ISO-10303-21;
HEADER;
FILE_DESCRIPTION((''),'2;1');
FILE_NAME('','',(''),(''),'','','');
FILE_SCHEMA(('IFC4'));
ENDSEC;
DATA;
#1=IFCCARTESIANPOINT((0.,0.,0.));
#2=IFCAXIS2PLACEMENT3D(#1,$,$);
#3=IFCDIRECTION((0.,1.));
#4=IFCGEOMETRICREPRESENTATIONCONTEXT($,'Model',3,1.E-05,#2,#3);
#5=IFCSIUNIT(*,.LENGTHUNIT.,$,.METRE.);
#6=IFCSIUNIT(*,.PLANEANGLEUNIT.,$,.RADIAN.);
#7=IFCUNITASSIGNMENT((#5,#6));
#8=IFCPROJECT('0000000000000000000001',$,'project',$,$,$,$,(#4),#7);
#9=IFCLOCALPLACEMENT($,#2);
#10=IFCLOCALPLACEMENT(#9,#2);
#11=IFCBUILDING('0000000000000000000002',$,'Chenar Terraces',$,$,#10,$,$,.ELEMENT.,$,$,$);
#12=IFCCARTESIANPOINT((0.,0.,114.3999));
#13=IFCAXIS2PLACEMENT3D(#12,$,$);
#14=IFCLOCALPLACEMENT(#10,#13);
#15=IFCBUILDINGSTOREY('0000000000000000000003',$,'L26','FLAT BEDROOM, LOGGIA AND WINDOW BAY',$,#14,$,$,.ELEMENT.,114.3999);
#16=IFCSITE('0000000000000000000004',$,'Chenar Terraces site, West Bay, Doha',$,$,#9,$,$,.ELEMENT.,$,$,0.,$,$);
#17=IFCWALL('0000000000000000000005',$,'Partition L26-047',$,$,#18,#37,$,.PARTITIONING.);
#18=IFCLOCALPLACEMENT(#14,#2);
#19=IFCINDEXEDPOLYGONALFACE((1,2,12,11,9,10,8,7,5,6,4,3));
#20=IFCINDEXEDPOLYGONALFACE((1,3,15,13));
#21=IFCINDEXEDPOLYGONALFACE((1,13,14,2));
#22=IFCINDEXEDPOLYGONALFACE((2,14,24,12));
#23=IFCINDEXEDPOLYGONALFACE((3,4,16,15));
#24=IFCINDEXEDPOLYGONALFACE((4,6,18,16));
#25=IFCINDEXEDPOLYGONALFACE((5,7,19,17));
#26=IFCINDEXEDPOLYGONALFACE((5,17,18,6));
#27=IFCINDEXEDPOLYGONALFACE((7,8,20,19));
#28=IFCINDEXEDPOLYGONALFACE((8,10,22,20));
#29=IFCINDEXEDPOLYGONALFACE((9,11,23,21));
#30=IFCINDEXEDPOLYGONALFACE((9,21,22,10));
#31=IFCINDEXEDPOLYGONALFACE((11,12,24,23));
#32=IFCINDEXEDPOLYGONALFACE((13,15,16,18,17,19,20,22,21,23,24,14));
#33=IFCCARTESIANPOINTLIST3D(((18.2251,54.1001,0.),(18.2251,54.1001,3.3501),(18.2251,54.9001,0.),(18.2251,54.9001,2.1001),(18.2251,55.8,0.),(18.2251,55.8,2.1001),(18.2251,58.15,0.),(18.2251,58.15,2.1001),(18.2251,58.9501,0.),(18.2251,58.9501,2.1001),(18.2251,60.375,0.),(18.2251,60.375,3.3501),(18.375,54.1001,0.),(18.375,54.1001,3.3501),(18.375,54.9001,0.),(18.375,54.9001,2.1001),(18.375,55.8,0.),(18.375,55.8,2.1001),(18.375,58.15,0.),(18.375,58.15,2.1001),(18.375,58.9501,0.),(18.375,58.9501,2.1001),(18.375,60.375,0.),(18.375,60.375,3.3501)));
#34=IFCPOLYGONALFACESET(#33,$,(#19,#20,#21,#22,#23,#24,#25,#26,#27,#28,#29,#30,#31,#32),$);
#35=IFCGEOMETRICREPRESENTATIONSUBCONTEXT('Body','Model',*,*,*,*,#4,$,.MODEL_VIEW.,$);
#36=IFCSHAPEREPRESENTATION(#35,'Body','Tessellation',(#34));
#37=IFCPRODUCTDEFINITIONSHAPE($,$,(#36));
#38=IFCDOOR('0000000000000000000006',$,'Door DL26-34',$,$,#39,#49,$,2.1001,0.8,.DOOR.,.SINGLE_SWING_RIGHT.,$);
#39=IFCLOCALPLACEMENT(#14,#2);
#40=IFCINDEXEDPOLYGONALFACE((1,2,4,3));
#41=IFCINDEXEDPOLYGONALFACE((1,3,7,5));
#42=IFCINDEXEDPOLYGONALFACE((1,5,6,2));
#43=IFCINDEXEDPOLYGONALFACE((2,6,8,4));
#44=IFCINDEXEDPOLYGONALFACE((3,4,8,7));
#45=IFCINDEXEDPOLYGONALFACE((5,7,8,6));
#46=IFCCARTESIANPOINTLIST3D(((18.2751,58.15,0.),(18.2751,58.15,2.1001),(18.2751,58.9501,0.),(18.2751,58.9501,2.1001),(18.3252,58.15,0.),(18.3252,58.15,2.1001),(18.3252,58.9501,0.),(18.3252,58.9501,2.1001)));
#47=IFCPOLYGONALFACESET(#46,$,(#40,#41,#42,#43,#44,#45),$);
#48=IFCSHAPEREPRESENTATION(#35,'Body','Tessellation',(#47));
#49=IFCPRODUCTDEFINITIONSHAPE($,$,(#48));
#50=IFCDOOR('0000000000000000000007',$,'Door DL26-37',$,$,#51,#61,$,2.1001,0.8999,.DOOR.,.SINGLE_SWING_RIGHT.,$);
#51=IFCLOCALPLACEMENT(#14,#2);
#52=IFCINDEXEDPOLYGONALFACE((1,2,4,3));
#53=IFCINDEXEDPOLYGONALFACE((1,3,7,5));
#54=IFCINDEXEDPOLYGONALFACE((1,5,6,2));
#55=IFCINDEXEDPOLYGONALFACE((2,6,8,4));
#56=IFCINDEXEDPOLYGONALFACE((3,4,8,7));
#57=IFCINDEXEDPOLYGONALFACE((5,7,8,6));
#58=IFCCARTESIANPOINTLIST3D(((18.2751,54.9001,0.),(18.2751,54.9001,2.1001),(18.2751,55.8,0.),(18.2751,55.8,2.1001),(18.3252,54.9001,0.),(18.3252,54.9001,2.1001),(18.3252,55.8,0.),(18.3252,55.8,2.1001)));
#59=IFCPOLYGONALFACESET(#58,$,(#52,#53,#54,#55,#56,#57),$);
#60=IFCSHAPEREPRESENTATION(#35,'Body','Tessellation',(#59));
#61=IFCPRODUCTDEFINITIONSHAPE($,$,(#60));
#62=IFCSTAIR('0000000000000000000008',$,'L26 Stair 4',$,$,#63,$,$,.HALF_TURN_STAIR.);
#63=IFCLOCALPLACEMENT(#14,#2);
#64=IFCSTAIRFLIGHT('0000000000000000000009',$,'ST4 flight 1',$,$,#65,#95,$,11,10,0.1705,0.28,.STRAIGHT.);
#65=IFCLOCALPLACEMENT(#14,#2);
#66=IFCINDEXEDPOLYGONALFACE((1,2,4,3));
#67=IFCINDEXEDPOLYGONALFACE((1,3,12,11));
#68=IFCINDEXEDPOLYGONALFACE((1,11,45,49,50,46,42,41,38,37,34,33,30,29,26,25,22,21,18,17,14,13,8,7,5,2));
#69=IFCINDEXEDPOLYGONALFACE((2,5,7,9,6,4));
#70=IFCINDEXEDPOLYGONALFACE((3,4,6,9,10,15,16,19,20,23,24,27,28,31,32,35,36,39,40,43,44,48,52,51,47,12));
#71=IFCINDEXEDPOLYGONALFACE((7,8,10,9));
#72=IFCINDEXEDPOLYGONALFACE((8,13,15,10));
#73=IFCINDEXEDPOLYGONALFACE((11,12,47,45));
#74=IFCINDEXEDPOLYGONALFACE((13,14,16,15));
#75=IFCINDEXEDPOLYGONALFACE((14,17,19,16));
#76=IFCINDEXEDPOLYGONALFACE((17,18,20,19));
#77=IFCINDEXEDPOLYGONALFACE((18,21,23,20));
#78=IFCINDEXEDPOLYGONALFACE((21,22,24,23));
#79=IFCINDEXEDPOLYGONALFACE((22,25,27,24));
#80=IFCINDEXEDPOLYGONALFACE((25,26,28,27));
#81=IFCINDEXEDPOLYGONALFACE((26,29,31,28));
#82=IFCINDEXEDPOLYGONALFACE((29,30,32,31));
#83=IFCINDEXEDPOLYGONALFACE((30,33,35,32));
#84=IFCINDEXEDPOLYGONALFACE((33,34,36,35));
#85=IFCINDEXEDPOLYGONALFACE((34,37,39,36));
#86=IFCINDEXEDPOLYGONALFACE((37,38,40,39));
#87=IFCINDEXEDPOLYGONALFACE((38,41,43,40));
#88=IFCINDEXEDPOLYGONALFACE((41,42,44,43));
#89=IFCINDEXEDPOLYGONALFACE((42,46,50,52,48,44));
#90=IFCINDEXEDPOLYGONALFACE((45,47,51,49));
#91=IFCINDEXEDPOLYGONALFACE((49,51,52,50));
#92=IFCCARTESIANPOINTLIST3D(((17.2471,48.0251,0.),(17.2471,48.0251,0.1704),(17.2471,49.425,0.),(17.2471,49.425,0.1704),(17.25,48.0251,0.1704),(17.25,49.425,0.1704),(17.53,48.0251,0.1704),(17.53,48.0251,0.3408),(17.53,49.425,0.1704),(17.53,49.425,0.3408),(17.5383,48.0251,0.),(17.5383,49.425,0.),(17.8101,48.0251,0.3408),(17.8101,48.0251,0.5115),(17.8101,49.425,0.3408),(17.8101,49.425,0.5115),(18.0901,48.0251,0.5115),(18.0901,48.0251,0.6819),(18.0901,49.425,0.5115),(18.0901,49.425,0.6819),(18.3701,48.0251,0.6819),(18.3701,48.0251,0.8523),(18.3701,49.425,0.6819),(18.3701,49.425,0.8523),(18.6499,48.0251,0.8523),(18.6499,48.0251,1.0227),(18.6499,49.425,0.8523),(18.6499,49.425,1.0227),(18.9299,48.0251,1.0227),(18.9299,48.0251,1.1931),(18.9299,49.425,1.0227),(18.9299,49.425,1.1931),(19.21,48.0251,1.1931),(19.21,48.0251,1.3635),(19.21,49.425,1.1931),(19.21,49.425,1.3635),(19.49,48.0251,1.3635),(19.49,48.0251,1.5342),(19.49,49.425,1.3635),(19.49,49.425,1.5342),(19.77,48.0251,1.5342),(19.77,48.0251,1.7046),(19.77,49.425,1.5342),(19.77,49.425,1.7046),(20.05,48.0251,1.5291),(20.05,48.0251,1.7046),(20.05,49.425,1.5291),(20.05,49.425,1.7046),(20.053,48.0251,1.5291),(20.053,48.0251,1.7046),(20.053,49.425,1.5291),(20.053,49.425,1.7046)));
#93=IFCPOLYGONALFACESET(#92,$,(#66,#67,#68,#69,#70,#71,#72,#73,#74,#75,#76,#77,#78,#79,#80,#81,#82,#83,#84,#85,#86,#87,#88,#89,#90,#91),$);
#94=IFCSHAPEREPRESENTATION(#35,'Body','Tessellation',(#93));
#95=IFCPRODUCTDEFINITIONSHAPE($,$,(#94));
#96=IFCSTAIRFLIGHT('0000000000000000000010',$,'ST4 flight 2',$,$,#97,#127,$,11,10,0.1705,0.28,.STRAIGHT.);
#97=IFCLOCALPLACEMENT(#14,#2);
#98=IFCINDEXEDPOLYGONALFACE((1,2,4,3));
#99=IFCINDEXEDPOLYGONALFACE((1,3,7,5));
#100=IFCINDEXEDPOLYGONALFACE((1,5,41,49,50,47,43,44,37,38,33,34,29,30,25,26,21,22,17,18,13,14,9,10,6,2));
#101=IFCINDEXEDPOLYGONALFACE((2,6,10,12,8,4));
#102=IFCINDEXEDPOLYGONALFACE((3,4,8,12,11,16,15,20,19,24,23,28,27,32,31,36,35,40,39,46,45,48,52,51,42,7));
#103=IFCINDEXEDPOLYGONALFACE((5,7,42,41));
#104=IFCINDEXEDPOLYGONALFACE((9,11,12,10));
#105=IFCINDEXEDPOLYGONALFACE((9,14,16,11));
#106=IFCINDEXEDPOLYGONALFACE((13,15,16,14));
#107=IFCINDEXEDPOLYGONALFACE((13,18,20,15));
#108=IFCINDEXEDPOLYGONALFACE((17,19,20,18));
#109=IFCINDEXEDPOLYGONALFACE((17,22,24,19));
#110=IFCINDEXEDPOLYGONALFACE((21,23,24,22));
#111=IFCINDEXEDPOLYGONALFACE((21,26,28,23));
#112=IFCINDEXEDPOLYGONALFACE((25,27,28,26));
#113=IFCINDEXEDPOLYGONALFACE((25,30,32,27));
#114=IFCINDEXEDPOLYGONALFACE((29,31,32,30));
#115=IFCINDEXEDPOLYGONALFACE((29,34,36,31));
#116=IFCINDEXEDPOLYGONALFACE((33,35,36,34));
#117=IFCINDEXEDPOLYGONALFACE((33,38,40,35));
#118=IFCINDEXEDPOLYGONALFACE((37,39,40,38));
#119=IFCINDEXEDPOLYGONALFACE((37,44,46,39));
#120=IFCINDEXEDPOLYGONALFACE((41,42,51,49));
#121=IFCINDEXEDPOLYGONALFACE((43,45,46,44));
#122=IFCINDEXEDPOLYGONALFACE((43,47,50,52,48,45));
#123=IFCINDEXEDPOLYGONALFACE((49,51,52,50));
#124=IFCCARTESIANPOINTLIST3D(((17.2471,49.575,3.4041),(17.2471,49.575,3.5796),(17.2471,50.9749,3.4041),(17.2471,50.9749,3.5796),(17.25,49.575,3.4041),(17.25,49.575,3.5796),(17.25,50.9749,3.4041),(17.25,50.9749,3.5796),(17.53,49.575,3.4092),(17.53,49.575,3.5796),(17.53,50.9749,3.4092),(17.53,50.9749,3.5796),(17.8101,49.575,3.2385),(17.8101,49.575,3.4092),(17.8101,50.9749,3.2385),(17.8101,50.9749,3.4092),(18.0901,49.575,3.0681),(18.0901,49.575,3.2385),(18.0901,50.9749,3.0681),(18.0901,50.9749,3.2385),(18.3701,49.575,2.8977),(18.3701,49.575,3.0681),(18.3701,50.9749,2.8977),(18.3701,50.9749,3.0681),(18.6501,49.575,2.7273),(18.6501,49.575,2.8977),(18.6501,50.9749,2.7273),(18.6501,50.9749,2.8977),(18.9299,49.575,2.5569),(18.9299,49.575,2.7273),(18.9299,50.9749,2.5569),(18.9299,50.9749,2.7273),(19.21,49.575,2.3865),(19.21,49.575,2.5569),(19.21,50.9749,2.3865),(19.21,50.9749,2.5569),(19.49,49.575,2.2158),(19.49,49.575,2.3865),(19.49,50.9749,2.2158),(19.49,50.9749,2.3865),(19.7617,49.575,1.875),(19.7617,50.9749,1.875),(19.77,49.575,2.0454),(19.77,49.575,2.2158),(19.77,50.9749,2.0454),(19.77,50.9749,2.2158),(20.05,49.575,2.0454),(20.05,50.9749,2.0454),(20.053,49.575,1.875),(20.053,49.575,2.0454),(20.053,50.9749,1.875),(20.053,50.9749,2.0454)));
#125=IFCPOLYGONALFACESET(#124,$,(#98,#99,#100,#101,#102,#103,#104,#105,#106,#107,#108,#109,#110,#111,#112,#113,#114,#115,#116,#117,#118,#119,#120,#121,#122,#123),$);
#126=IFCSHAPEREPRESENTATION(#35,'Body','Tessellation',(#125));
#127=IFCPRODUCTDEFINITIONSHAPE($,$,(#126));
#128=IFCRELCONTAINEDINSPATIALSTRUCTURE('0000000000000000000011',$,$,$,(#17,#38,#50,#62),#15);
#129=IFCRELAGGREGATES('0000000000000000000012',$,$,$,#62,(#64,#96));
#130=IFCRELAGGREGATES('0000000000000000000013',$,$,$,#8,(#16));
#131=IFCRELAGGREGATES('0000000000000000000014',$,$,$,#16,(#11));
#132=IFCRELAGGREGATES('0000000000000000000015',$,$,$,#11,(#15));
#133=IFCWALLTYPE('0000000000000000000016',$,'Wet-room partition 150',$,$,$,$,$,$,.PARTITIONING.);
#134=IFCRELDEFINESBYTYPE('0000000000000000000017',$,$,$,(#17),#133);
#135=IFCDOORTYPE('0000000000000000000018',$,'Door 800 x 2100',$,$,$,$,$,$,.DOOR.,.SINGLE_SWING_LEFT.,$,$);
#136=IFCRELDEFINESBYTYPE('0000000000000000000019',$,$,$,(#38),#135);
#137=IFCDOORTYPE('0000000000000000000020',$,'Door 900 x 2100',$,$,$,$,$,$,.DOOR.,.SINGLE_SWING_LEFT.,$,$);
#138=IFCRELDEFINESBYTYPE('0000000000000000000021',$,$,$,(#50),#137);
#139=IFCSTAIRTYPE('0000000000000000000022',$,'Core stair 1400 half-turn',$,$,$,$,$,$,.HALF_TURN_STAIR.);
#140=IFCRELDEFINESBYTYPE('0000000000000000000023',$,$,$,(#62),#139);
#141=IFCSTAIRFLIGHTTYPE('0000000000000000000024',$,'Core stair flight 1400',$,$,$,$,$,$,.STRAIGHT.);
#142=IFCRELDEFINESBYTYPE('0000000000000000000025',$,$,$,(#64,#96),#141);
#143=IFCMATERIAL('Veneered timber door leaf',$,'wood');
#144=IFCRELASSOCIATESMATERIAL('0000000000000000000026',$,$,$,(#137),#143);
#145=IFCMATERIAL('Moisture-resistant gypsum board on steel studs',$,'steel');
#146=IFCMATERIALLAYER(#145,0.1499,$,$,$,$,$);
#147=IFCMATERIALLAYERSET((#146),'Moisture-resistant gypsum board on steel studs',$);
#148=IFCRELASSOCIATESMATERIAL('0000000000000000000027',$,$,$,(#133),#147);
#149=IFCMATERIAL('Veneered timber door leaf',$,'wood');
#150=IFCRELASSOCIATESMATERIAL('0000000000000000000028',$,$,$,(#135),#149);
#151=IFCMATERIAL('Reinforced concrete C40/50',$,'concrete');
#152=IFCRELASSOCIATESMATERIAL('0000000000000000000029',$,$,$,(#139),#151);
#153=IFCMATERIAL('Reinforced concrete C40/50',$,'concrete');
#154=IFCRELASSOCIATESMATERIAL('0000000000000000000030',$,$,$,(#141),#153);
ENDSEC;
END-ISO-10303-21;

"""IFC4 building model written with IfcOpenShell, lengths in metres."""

from ifc_helpers import new_model, si_unit, direction, frame, frame_2d, origin, place, context, subcontext, project, spatial, polyline, rectangle, outline, extrude, material, layer, layer_set, type_object, element, fill, aggregate, save


model = new_model("IFC4")

# Units and contexts
model_context = context("Model", 3, precision=1e-05, world=origin(), true_north=direction((0.0, 1.0)))
body_context = subcontext(model_context, "Body", "Model", "MODEL_VIEW")
ifc_project = project(units=[si_unit("LENGTHUNIT", "METRE"), si_unit("PLANEANGLEUNIT", "RADIAN")], contexts=[model_context])

# Site, building, storey
site_placement = place(None, origin())
site = spatial("IfcSite", under=ifc_project, at=site_placement, Name="Chenar Terraces site, West Bay, Doha", CompositionType="ELEMENT", RefElevation=0.0)
building_placement = place(site_placement, origin())
building = spatial("IfcBuilding", under=site, at=building_placement, Name="Chenar Terraces", CompositionType="ELEMENT")
storey_placement = place(building_placement, frame((0.0, 0.0, 114.3999)))
storey = spatial("IfcBuildingStorey", under=building, at=storey_placement, Name="L26", Description="FLAT BEDROOM, LOGGIA AND WINDOW BAY", CompositionType="ELEMENT", Elevation=114.3999)

# Shared definitions
ifc_material_1 = material(Name="Veneered timber door leaf", Category="wood")
door_type_1 = type_object("IfcDoorType", Name="Door 900 x 2100", OperationType="SINGLE_SWING_LEFT", PredefinedType="DOOR", material=ifc_material_1)

# Shared definitions
ifc_material_2 = material(Name="Moisture-resistant gypsum board on steel studs", Category="steel")
ifc_layer_1 = layer(ifc_material_2, 0.1499)
ifc_layer_set_1 = layer_set([ifc_layer_1], Name="Moisture-resistant gypsum board on steel studs")
wall_type_1 = type_object("IfcWallType", Name="Wet-room partition 150", PredefinedType="PARTITIONING", material=ifc_layer_set_1)

# Wall, openings, doors
wall_1_placement = place(storey_placement, frame((18.3, 54.1001, 0.0), z_axis=(0.0, 0.0, 1.0), x_axis=(0.0, 1.0, 0.0)))
wall_1 = element("IfcWall", 1, at=wall_1_placement, inside=storey, type_object=wall_type_1, Name="Partition L26-047", PredefinedType="PARTITIONING", context=body_context, shape_type="SweptSolid", body=[
    extrude(rectangle(XDim=6.2749, YDim=0.1499, at=frame_2d((3.1375, 0.0))), origin(), (0.0, 0.0, 1.0), 3.3501),
])
opening_1_placement = place(wall_1_placement, frame((4.05, 0.0, 0.0)))
opening_1 = element("IfcOpeningElement", 2, at=opening_1_placement, cuts=wall_1, PredefinedType="OPENING", context=body_context, shape_type="SweptSolid", body=[
    extrude(rectangle(XDim=0.8, YDim=2.1001, at=frame_2d((0.3999, 1.05))), frame((0.0, 0.085, 0.0), z_axis=(0.0, -1.0, 0.0), x_axis=(1.0, 0.0, 0.0)), (0.0, 0.0, 1.0), 0.1699),
])
opening_2_placement = place(wall_1_placement, frame((0.8, 0.0, 0.0)))
opening_2 = element("IfcOpeningElement", 3, at=opening_2_placement, cuts=wall_1, PredefinedType="OPENING", context=body_context, shape_type="SweptSolid", body=[
    extrude(rectangle(XDim=0.8999, YDim=2.1001, at=frame_2d((0.45, 1.05))), frame((0.0, 0.085, 0.0), z_axis=(0.0, -1.0, 0.0), x_axis=(1.0, 0.0, 0.0)), (0.0, 0.0, 1.0), 0.1699),
])
ifc_material_3 = material(Name="Veneered timber door leaf", Category="wood")
door_type_2 = type_object("IfcDoorType", Name="Door 800 x 2100", OperationType="SINGLE_SWING_LEFT", PredefinedType="DOOR", material=ifc_material_3)
door_1_placement = place(opening_1_placement, origin())
door_1 = element("IfcDoor", 4, at=door_1_placement, inside=storey, type_object=door_type_2, Name="Door DL26-34", OperationType="SINGLE_SWING_RIGHT", OverallHeight=2.1001, OverallWidth=0.8, PredefinedType="DOOR", context=body_context, shape_type="SweptSolid", body=[
    extrude(rectangle(XDim=0.8, YDim=2.1001, at=frame_2d((0.3999, 1.05))), frame((0.0, 0.0249, 0.0), z_axis=(0.0, -1.0, 0.0), x_axis=(1.0, 0.0, 0.0)), (0.0, 0.0, 1.0), 0.05),
])
fill(opening_1, door_1)
door_2_placement = place(opening_2_placement, origin())
door_2 = element("IfcDoor", 5, at=door_2_placement, inside=storey, type_object=door_type_1, Name="Door DL26-37", OperationType="SINGLE_SWING_RIGHT", OverallHeight=2.1001, OverallWidth=0.8999, PredefinedType="DOOR", context=body_context, shape_type="SweptSolid", body=[
    extrude(rectangle(XDim=0.8999, YDim=2.1001, at=frame_2d((0.45, 1.05))), frame((0.0, 0.0249, 0.0), z_axis=(0.0, -1.0, 0.0), x_axis=(1.0, 0.0, 0.0)), (0.0, 0.0, 1.0), 0.05),
])
fill(opening_2, door_2)

# Stair, stair flights
ifc_material_4 = material(Name="Reinforced concrete C40/50", Category="concrete")
stair_type = type_object("IfcStairType", Name="Core stair 1400 half-turn", PredefinedType="HALF_TURN_STAIR", material=ifc_material_4)
stair_placement = place(storey_placement, origin())
stair = element("IfcStair", 6, at=stair_placement, inside=storey, type_object=stair_type, Name="L26 Stair 4", PredefinedType="HALF_TURN_STAIR")
ifc_material_5 = material(Name="Reinforced concrete C40/50", Category="concrete")
stair_flight_type = type_object("IfcStairFlightType", Name="Core stair flight 1400", PredefinedType="STRAIGHT", material=ifc_material_5)
stair_flight_1_placement = place(storey_placement, frame((17.25, 48.7251, 0.0), z_axis=(0.0, 0.0, 1.0), x_axis=(1.0, 0.0, 0.0)))
stair_flight_1 = element("IfcStairFlight", 7, at=stair_flight_1_placement, type_object=stair_flight_type, Name="ST4 flight 1", NumberOfRisers=11, NumberOfTreads=10, PredefinedType="STRAIGHT", RiserHeight=0.1705, TreadLength=0.28, context=body_context, shape_type="SweptSolid", body=[
    extrude(outline(polyline([(-0.0029, 0.0), (-0.0029, 0.1704), (0.0, 0.1704), (0.28, 0.1704), (0.28, 0.3408), (0.5601, 0.3408), (0.5601, 0.5115), (0.8401, 0.5115), (0.8401, 0.6819), (1.1201, 0.6819), (1.1201, 0.8523), (1.3999, 0.8523), (1.3999, 1.0227), (1.6799, 1.0227), (1.6799, 1.1931), (1.96, 1.1931), (1.96, 1.3635), (2.24, 1.3635), (2.24, 1.5342), (2.52, 1.5342), (2.52, 1.7046), (2.8, 1.7046), (2.803, 1.7046), (2.803, 1.5291), (2.8, 1.5291), (0.2883, 0.0), (-0.0029, 0.0)])), frame((0.0, 0.7, 0.0), z_axis=(0.0, -1.0, 0.0), x_axis=(1.0, 0.0, 0.0)), (0.0, 0.0, 1.0), 1.3999),
])
stair_flight_2_placement = place(storey_placement, frame((20.05, 50.2749, 1.875), z_axis=(0.0, 0.0, 1.0), x_axis=(-1.0, 0.0, 0.0)))
stair_flight_2 = element("IfcStairFlight", 8, at=stair_flight_2_placement, type_object=stair_flight_type, Name="ST4 flight 2", NumberOfRisers=11, NumberOfTreads=10, PredefinedType="STRAIGHT", RiserHeight=0.1705, TreadLength=0.28, context=body_context, shape_type="SweptSolid", body=[
    extrude(outline(polyline([(-0.0029, 0.0), (-0.0029, 0.1704), (0.0, 0.1704), (0.28, 0.1704), (0.28, 0.3408), (0.5601, 0.3408), (0.5601, 0.5115), (0.8401, 0.5115), (0.8401, 0.6819), (1.1201, 0.6819), (1.1201, 0.8523), (1.3999, 0.8523), (1.3999, 1.0227), (1.6799, 1.0227), (1.6799, 1.1931), (1.96, 1.1931), (1.96, 1.3635), (2.24, 1.3635), (2.24, 1.5342), (2.52, 1.5342), (2.52, 1.7046), (2.8, 1.7046), (2.803, 1.7046), (2.803, 1.5291), (2.8, 1.5291), (0.2883, 0.0), (-0.0029, 0.0)])), frame((0.0, 0.7, 0.0), z_axis=(0.0, -1.0, 0.0), x_axis=(1.0, 0.0, 0.0)), (0.0, 0.0, 1.0), 1.3999),
])
aggregate(stair, [stair_flight_1, stair_flight_2])

save(model, "model.ifc")
